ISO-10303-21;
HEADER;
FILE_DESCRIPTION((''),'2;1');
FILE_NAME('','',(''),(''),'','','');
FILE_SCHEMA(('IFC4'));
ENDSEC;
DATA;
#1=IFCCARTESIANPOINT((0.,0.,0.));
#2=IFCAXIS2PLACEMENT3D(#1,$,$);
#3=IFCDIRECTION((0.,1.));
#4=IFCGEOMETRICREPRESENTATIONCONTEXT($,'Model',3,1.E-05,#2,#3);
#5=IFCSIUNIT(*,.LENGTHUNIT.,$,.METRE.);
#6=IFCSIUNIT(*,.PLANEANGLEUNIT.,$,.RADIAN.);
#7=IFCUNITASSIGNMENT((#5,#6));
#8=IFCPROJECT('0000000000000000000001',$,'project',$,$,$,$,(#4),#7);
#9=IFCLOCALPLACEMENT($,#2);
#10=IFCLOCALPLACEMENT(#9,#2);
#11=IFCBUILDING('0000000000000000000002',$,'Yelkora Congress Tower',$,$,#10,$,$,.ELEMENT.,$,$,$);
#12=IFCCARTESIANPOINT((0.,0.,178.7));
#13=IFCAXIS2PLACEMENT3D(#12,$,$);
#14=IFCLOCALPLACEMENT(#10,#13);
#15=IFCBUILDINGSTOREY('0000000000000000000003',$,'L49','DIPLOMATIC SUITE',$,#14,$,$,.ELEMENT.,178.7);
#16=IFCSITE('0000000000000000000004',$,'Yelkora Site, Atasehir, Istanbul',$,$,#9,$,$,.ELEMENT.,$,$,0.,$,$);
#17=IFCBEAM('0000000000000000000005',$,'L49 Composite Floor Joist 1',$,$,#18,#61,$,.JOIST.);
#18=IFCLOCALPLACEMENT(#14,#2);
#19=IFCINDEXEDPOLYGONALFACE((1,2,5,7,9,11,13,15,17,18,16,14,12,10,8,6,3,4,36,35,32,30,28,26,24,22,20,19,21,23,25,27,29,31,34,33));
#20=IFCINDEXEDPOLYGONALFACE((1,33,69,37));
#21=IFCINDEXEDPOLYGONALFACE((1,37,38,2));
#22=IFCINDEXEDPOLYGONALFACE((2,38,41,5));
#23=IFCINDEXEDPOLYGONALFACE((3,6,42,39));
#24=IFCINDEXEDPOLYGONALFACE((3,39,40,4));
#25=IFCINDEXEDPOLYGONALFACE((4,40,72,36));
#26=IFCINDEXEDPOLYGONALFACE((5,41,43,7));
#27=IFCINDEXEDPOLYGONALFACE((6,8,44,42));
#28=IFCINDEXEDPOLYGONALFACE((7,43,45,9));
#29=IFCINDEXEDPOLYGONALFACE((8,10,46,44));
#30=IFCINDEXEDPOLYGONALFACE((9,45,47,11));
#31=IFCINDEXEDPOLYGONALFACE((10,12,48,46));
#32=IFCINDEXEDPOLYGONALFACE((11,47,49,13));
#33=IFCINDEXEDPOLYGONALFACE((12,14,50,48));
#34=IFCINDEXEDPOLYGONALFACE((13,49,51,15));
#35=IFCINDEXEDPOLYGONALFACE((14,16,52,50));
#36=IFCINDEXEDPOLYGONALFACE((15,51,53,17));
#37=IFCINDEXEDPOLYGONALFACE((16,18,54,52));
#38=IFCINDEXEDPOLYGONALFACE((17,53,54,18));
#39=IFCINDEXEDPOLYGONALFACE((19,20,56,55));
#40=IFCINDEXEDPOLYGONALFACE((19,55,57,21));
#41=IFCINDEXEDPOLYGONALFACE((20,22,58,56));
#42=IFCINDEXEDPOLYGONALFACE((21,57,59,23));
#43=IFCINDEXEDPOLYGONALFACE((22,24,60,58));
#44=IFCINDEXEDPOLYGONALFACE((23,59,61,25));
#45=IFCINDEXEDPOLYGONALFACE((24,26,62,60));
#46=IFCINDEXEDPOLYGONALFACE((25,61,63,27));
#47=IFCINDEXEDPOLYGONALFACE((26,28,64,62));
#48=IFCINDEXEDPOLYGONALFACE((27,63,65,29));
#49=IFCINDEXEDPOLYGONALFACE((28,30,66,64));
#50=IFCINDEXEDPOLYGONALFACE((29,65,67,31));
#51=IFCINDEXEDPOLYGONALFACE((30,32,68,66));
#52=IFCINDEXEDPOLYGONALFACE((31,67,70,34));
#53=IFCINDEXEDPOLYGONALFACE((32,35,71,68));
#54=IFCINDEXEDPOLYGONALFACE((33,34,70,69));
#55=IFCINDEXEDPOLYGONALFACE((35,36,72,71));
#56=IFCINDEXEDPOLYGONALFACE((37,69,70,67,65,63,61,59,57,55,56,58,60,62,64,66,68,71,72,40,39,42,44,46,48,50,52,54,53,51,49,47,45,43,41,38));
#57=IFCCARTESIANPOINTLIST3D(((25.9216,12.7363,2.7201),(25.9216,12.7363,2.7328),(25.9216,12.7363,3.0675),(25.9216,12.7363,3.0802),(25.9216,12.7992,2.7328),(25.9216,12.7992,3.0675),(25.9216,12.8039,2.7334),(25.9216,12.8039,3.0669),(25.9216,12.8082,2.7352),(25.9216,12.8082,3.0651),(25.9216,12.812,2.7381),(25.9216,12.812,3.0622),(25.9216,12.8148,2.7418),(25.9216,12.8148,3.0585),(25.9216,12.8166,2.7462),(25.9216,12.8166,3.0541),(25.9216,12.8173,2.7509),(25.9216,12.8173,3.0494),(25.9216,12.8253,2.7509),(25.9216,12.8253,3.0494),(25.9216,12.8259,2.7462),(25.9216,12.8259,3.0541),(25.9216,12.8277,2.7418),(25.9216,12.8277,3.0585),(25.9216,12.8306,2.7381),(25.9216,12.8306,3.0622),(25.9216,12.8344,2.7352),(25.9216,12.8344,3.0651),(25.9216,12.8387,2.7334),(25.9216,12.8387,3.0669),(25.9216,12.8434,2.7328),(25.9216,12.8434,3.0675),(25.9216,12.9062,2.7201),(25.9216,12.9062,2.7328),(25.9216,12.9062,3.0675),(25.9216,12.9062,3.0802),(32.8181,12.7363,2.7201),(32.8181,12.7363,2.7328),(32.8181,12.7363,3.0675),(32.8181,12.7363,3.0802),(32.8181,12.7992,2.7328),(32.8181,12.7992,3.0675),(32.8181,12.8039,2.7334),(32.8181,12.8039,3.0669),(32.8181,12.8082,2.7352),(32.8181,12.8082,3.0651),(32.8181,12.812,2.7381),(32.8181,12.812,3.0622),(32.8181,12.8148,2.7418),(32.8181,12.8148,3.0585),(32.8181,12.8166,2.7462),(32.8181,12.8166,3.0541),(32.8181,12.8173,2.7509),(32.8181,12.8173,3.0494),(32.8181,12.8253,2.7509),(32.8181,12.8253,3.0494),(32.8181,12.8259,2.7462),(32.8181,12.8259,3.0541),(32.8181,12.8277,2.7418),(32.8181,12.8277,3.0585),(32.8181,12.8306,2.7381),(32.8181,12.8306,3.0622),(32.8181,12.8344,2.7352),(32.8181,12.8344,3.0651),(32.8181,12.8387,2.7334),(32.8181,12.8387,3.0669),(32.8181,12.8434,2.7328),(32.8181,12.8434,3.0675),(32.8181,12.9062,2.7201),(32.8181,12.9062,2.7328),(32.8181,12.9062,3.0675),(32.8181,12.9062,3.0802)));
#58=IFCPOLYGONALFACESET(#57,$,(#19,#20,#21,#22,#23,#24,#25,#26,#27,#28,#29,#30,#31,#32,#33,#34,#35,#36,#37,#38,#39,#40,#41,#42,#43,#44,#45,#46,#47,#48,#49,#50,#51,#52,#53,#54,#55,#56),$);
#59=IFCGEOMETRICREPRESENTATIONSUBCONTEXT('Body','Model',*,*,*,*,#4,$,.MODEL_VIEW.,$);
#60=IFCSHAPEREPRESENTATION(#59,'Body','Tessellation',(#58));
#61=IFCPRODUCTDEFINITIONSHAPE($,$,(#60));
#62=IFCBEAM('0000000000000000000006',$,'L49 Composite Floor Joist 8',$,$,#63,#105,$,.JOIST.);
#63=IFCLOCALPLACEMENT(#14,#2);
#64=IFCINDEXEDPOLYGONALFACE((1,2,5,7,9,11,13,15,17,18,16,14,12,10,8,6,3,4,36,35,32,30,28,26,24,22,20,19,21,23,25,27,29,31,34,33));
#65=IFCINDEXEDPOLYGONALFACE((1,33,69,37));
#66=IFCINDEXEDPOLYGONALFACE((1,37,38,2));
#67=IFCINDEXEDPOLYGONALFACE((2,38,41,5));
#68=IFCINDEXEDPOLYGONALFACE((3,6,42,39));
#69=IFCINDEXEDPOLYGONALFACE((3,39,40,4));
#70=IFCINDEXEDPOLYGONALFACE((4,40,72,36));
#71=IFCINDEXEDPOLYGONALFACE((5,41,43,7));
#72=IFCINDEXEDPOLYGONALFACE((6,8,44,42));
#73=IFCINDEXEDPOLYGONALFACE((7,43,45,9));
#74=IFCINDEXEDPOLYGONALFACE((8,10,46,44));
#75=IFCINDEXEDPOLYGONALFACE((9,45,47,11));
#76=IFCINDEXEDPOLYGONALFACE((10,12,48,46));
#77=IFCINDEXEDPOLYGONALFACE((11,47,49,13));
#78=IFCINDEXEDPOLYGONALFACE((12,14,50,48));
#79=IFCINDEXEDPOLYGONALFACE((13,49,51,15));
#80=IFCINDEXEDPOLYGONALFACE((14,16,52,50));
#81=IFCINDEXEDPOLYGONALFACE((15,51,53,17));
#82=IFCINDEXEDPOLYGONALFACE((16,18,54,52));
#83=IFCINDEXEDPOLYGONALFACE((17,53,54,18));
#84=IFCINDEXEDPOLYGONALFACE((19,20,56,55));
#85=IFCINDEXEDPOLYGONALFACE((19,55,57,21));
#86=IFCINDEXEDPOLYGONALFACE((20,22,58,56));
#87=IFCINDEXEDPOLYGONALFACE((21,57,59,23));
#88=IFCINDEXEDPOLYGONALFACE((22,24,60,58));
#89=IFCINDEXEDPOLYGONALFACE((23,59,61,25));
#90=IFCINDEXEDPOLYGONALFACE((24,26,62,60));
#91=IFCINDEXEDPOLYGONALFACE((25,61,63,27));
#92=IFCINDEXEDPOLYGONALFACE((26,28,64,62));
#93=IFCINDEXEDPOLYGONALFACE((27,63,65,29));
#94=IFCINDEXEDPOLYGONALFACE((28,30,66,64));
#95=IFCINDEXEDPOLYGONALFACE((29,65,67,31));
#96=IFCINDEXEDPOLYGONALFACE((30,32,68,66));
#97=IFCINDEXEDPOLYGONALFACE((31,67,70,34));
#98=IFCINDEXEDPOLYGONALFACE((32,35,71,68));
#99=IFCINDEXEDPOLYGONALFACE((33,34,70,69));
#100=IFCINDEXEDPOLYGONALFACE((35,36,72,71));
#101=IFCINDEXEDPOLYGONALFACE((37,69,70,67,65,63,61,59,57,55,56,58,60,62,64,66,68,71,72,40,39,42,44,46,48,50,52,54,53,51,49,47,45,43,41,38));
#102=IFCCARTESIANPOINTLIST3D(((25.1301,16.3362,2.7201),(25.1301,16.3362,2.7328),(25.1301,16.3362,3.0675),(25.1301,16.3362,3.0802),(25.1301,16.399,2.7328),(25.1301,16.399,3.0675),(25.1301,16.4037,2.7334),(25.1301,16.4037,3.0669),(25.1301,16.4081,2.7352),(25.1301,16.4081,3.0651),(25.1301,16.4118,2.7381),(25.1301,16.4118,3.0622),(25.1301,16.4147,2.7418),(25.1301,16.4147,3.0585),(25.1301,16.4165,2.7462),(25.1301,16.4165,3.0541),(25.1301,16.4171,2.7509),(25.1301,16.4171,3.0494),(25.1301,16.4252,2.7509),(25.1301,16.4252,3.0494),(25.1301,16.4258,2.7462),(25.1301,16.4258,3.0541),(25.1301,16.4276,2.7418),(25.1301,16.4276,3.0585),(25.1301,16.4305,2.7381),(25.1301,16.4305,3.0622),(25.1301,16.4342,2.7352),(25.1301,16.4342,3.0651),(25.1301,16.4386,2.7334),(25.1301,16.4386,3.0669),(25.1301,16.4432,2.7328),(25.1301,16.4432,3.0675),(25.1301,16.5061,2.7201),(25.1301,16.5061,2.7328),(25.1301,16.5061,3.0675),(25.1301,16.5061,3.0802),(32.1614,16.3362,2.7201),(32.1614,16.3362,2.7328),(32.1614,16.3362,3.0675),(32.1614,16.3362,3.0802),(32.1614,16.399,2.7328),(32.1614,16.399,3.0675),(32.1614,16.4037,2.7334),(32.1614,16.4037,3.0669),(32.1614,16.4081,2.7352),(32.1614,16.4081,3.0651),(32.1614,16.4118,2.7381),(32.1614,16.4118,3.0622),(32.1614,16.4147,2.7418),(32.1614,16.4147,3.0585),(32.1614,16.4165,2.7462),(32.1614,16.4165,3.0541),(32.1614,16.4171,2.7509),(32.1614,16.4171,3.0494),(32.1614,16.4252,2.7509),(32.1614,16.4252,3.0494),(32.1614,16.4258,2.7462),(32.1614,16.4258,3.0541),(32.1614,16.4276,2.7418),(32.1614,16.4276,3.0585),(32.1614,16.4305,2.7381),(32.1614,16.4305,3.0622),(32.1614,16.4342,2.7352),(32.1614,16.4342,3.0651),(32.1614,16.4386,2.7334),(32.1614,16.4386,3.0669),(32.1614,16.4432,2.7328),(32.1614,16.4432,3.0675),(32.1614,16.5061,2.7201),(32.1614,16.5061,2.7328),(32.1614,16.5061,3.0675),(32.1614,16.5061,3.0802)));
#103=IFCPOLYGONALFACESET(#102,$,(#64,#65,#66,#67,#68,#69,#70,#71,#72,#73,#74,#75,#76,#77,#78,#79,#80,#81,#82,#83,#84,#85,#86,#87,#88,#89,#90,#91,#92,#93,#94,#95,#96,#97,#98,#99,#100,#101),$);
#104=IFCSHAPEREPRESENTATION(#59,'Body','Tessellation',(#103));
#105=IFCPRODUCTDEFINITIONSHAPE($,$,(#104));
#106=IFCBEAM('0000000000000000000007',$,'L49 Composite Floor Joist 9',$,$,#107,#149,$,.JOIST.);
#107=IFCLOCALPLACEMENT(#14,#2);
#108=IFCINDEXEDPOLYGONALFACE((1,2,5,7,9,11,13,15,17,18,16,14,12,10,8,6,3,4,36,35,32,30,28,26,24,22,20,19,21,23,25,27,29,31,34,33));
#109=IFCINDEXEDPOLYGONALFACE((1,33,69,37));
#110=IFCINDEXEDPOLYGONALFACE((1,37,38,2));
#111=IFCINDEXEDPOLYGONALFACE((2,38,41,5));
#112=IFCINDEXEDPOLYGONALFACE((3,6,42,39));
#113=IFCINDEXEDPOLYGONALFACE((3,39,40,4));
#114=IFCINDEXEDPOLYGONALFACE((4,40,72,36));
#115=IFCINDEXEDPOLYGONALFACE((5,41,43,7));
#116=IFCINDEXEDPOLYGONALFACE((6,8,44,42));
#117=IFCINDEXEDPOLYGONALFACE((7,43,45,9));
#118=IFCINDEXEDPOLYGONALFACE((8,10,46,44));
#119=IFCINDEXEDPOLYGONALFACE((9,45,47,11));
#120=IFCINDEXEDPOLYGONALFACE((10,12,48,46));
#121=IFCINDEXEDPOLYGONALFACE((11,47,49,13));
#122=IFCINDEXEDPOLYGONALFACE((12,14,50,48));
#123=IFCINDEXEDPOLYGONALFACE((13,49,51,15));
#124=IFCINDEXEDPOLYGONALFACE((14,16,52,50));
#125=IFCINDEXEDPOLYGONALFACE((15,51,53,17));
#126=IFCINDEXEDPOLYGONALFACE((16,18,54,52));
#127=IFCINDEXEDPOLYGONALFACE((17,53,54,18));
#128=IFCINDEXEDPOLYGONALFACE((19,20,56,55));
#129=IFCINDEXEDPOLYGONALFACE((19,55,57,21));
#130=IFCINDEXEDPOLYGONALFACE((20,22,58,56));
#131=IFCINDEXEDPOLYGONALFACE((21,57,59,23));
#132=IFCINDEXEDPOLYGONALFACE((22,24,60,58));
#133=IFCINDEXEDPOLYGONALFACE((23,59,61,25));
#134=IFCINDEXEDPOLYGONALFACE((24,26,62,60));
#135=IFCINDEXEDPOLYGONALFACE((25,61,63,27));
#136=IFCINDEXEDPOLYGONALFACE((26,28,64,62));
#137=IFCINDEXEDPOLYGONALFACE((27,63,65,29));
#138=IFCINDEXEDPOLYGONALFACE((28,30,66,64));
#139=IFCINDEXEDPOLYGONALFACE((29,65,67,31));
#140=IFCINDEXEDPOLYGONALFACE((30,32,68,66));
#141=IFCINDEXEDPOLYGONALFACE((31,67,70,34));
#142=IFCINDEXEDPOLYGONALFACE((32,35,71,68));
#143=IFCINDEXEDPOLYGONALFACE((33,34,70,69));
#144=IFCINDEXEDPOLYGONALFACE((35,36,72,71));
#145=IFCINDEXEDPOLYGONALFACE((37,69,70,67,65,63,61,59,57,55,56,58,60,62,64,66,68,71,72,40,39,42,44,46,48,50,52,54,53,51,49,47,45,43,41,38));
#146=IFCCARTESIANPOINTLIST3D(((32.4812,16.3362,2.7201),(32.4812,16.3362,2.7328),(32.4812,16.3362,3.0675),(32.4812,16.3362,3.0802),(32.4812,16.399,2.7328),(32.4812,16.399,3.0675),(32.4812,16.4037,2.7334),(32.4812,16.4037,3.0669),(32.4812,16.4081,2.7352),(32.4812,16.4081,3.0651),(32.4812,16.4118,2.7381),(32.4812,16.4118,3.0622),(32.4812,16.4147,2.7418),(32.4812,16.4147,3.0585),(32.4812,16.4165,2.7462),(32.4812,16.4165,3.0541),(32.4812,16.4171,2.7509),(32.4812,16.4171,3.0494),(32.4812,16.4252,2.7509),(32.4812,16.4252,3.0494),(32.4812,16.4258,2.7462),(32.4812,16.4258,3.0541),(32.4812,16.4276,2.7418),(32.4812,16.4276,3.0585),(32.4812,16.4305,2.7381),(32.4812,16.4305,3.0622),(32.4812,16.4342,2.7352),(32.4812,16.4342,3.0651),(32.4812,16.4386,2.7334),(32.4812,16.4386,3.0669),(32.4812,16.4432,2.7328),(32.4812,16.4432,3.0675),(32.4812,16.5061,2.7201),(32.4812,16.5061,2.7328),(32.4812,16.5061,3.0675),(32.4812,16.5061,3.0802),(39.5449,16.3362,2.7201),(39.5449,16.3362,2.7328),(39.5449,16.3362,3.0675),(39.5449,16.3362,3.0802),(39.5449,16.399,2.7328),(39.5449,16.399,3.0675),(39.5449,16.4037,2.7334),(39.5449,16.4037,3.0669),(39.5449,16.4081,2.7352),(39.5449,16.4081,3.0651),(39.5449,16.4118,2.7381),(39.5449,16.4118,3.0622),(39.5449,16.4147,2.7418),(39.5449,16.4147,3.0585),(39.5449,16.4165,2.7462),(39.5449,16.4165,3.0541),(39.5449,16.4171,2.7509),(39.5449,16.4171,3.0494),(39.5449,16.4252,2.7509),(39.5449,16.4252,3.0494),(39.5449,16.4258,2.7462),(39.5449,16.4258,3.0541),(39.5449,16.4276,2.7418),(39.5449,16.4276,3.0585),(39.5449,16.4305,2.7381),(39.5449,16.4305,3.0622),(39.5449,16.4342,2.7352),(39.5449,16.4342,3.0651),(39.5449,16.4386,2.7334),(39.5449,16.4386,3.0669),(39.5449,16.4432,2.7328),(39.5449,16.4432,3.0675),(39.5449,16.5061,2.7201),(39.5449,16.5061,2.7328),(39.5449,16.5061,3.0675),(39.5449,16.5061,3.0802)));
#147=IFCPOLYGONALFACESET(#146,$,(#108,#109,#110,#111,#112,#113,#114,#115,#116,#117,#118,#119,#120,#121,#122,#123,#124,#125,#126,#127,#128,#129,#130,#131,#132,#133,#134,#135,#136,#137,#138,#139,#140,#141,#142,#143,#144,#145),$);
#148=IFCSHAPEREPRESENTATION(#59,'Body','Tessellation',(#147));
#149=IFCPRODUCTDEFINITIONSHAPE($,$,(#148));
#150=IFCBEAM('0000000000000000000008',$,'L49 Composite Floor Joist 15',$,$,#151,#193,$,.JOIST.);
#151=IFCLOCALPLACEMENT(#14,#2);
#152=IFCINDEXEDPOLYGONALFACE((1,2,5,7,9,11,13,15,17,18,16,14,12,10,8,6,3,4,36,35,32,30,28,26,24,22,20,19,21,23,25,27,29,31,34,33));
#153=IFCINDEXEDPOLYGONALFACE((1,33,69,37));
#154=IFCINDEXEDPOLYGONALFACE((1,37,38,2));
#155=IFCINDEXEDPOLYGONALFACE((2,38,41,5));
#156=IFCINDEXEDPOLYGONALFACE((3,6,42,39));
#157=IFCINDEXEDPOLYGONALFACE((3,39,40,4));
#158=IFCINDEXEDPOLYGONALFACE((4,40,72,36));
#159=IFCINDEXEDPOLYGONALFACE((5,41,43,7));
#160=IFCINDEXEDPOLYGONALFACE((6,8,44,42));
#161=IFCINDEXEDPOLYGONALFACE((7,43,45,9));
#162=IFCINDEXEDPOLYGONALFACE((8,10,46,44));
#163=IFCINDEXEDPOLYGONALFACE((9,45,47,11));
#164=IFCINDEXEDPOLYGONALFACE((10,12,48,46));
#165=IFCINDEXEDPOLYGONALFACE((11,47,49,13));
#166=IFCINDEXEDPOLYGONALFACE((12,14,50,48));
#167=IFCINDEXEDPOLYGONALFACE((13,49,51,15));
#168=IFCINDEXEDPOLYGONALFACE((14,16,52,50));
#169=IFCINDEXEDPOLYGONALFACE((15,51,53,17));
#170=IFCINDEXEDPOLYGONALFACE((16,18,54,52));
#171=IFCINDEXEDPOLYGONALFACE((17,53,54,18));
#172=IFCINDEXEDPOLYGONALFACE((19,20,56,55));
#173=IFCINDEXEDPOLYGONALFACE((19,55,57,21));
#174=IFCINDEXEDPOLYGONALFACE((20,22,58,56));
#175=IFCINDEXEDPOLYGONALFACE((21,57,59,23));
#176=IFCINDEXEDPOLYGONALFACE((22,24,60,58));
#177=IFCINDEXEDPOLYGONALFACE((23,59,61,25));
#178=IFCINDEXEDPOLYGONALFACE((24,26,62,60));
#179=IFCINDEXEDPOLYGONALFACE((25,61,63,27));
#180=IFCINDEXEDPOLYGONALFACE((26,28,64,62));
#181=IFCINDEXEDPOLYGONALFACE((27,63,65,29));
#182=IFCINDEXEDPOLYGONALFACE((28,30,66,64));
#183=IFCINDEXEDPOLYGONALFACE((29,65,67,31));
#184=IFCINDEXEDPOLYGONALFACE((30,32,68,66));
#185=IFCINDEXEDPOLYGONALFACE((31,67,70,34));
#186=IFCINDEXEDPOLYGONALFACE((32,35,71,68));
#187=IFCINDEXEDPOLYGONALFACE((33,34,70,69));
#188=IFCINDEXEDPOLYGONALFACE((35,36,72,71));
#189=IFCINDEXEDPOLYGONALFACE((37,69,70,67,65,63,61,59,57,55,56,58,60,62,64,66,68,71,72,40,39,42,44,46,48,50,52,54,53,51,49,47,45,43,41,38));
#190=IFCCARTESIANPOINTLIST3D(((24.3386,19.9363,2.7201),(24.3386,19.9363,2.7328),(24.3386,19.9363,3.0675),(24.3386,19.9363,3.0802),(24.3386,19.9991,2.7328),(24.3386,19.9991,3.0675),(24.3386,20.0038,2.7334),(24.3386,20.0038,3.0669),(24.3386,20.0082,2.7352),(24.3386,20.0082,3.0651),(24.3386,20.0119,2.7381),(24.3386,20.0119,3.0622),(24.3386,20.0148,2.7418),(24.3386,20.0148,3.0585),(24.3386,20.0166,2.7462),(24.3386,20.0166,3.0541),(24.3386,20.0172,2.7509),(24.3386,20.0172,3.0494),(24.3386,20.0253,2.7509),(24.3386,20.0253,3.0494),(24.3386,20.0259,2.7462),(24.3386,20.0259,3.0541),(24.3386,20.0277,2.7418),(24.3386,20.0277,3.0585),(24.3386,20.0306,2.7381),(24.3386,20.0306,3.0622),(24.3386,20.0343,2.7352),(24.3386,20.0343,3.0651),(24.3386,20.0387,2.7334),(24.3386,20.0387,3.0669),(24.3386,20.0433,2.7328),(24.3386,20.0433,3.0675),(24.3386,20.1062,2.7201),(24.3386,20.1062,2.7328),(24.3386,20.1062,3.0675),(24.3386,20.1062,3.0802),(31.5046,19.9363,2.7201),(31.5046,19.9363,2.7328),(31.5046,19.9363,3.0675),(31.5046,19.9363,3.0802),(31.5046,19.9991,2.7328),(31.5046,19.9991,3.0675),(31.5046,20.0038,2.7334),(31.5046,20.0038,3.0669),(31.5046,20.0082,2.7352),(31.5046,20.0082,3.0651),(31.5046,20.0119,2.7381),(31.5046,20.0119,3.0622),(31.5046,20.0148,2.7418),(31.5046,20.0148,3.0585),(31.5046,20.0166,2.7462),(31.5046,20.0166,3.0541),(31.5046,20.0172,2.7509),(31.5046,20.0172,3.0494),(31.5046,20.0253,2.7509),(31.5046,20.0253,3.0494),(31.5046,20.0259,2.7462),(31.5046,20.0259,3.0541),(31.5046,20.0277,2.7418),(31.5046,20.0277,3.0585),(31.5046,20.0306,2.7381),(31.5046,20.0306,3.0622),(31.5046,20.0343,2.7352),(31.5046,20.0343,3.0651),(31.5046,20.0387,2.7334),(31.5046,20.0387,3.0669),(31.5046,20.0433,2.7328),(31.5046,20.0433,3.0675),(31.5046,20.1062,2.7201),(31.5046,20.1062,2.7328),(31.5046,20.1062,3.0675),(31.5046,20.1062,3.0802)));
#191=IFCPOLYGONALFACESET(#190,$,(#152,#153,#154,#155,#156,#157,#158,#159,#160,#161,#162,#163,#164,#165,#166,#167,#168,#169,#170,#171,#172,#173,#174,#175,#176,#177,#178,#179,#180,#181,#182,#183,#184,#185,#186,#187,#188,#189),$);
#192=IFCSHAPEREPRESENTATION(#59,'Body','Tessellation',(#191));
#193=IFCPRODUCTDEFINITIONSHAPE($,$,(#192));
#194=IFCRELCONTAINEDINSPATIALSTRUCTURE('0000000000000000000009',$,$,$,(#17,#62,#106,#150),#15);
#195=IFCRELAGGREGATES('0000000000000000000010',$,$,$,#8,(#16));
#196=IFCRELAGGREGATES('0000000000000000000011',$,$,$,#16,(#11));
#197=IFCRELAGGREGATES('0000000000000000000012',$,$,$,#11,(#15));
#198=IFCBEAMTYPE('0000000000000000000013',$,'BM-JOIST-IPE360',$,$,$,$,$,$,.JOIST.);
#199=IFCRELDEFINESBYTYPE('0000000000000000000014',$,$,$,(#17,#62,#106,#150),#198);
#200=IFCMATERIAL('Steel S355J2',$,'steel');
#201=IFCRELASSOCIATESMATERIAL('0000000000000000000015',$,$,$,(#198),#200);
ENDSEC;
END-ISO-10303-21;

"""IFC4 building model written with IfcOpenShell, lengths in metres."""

from ifc_helpers import new_model, si_unit, direction, frame, origin, origin_2d, place, context, subcontext, project, spatial, i_section, extrude, material, material_profile, profile_set, type_object, element, save


model = new_model("IFC4")

# Units and contexts
model_context = context("Model", 3, precision=1e-05, world=origin(), true_north=direction((0.0, 1.0)))
body_context = subcontext(model_context, "Body", "Model", "MODEL_VIEW")
ifc_project = project(units=[si_unit("LENGTHUNIT", "METRE"), si_unit("PLANEANGLEUNIT", "RADIAN")], contexts=[model_context])

# Site, building, storey
site_placement = place(None, origin())
site = spatial("IfcSite", under=ifc_project, at=site_placement, Name="Yelkora Site, Atasehir, Istanbul", CompositionType="ELEMENT", RefElevation=0.0)
building_placement = place(site_placement, origin())
building = spatial("IfcBuilding", under=site, at=building_placement, Name="Yelkora Congress Tower", CompositionType="ELEMENT")
storey_placement = place(building_placement, frame((0.0, 0.0, 178.7)))
storey = spatial("IfcBuildingStorey", under=building, at=storey_placement, Name="L49", Description="DIPLOMATIC SUITE", CompositionType="ELEMENT", Elevation=178.7)

# Beams
ifc_material_1 = material(Name="Steel S355J2", Category="steel")
ifc_material_profile_1 = material_profile(ifc_material_1, i_section(OverallWidth=0.1699, OverallDepth=0.3601, WebThickness=0.0081, FlangeThickness=0.0127, FilletRadius=0.0181, at=origin_2d()), Name="IPE 360")
ifc_profile_set_1 = profile_set([ifc_material_profile_1], Name="Steel S355J2")
beam_type_1 = type_object("IfcBeamType", Name="BM-JOIST-IPE360", PredefinedType="JOIST", material=ifc_profile_set_1)
beam_1_placement = place(storey_placement, frame((25.9216, 12.8213, 2.9001), z_axis=(1.0, 0.0, 0.0), x_axis=(0.0, 1.0, 0.0)))
element("IfcBeam", 1, at=beam_1_placement, inside=storey, type_object=beam_type_1, Name="L49 Composite Floor Joist 1", PredefinedType="JOIST", context=body_context, shape_type="SweptSolid", body=[
    extrude(i_section(OverallWidth=0.1699, OverallDepth=0.3601, WebThickness=0.0081, FlangeThickness=0.0127, FilletRadius=0.0181, at=origin_2d()), origin(), (0.0, 0.0, 1.0), 6.8965),
])
beam_2_placement = place(storey_placement, frame((25.1301, 16.4211, 2.9001), z_axis=(1.0, 0.0, 0.0), x_axis=(0.0, 1.0, 0.0)))
element("IfcBeam", 2, at=beam_2_placement, inside=storey, type_object=beam_type_1, Name="L49 Composite Floor Joist 8", PredefinedType="JOIST", context=body_context, shape_type="SweptSolid", body=[
    extrude(i_section(OverallWidth=0.1699, OverallDepth=0.3601, WebThickness=0.0081, FlangeThickness=0.0127, FilletRadius=0.0181, at=origin_2d()), origin(), (0.0, 0.0, 1.0), 7.0312),
])
beam_3_placement = place(storey_placement, frame((32.4812, 16.4211, 2.9001), z_axis=(1.0, 0.0, 0.0), x_axis=(0.0, 1.0, 0.0)))
element("IfcBeam", 3, at=beam_3_placement, inside=storey, type_object=beam_type_1, Name="L49 Composite Floor Joist 9", PredefinedType="JOIST", context=body_context, shape_type="SweptSolid", body=[
    extrude(i_section(OverallWidth=0.1699, OverallDepth=0.3601, WebThickness=0.0081, FlangeThickness=0.0127, FilletRadius=0.0181, at=origin_2d()), origin(), (0.0, 0.0, 1.0), 7.0637),
])
beam_4_placement = place(storey_placement, frame((24.3386, 20.0212, 2.9001), z_axis=(1.0, 0.0, 0.0), x_axis=(0.0, 1.0, 0.0)))
element("IfcBeam", 4, at=beam_4_placement, inside=storey, type_object=beam_type_1, Name="L49 Composite Floor Joist 15", PredefinedType="JOIST", context=body_context, shape_type="SweptSolid", body=[
    extrude(i_section(OverallWidth=0.1699, OverallDepth=0.3601, WebThickness=0.0081, FlangeThickness=0.0127, FilletRadius=0.0181, at=origin_2d()), origin(), (0.0, 0.0, 1.0), 7.166),
])

save(model, "model.ifc")
